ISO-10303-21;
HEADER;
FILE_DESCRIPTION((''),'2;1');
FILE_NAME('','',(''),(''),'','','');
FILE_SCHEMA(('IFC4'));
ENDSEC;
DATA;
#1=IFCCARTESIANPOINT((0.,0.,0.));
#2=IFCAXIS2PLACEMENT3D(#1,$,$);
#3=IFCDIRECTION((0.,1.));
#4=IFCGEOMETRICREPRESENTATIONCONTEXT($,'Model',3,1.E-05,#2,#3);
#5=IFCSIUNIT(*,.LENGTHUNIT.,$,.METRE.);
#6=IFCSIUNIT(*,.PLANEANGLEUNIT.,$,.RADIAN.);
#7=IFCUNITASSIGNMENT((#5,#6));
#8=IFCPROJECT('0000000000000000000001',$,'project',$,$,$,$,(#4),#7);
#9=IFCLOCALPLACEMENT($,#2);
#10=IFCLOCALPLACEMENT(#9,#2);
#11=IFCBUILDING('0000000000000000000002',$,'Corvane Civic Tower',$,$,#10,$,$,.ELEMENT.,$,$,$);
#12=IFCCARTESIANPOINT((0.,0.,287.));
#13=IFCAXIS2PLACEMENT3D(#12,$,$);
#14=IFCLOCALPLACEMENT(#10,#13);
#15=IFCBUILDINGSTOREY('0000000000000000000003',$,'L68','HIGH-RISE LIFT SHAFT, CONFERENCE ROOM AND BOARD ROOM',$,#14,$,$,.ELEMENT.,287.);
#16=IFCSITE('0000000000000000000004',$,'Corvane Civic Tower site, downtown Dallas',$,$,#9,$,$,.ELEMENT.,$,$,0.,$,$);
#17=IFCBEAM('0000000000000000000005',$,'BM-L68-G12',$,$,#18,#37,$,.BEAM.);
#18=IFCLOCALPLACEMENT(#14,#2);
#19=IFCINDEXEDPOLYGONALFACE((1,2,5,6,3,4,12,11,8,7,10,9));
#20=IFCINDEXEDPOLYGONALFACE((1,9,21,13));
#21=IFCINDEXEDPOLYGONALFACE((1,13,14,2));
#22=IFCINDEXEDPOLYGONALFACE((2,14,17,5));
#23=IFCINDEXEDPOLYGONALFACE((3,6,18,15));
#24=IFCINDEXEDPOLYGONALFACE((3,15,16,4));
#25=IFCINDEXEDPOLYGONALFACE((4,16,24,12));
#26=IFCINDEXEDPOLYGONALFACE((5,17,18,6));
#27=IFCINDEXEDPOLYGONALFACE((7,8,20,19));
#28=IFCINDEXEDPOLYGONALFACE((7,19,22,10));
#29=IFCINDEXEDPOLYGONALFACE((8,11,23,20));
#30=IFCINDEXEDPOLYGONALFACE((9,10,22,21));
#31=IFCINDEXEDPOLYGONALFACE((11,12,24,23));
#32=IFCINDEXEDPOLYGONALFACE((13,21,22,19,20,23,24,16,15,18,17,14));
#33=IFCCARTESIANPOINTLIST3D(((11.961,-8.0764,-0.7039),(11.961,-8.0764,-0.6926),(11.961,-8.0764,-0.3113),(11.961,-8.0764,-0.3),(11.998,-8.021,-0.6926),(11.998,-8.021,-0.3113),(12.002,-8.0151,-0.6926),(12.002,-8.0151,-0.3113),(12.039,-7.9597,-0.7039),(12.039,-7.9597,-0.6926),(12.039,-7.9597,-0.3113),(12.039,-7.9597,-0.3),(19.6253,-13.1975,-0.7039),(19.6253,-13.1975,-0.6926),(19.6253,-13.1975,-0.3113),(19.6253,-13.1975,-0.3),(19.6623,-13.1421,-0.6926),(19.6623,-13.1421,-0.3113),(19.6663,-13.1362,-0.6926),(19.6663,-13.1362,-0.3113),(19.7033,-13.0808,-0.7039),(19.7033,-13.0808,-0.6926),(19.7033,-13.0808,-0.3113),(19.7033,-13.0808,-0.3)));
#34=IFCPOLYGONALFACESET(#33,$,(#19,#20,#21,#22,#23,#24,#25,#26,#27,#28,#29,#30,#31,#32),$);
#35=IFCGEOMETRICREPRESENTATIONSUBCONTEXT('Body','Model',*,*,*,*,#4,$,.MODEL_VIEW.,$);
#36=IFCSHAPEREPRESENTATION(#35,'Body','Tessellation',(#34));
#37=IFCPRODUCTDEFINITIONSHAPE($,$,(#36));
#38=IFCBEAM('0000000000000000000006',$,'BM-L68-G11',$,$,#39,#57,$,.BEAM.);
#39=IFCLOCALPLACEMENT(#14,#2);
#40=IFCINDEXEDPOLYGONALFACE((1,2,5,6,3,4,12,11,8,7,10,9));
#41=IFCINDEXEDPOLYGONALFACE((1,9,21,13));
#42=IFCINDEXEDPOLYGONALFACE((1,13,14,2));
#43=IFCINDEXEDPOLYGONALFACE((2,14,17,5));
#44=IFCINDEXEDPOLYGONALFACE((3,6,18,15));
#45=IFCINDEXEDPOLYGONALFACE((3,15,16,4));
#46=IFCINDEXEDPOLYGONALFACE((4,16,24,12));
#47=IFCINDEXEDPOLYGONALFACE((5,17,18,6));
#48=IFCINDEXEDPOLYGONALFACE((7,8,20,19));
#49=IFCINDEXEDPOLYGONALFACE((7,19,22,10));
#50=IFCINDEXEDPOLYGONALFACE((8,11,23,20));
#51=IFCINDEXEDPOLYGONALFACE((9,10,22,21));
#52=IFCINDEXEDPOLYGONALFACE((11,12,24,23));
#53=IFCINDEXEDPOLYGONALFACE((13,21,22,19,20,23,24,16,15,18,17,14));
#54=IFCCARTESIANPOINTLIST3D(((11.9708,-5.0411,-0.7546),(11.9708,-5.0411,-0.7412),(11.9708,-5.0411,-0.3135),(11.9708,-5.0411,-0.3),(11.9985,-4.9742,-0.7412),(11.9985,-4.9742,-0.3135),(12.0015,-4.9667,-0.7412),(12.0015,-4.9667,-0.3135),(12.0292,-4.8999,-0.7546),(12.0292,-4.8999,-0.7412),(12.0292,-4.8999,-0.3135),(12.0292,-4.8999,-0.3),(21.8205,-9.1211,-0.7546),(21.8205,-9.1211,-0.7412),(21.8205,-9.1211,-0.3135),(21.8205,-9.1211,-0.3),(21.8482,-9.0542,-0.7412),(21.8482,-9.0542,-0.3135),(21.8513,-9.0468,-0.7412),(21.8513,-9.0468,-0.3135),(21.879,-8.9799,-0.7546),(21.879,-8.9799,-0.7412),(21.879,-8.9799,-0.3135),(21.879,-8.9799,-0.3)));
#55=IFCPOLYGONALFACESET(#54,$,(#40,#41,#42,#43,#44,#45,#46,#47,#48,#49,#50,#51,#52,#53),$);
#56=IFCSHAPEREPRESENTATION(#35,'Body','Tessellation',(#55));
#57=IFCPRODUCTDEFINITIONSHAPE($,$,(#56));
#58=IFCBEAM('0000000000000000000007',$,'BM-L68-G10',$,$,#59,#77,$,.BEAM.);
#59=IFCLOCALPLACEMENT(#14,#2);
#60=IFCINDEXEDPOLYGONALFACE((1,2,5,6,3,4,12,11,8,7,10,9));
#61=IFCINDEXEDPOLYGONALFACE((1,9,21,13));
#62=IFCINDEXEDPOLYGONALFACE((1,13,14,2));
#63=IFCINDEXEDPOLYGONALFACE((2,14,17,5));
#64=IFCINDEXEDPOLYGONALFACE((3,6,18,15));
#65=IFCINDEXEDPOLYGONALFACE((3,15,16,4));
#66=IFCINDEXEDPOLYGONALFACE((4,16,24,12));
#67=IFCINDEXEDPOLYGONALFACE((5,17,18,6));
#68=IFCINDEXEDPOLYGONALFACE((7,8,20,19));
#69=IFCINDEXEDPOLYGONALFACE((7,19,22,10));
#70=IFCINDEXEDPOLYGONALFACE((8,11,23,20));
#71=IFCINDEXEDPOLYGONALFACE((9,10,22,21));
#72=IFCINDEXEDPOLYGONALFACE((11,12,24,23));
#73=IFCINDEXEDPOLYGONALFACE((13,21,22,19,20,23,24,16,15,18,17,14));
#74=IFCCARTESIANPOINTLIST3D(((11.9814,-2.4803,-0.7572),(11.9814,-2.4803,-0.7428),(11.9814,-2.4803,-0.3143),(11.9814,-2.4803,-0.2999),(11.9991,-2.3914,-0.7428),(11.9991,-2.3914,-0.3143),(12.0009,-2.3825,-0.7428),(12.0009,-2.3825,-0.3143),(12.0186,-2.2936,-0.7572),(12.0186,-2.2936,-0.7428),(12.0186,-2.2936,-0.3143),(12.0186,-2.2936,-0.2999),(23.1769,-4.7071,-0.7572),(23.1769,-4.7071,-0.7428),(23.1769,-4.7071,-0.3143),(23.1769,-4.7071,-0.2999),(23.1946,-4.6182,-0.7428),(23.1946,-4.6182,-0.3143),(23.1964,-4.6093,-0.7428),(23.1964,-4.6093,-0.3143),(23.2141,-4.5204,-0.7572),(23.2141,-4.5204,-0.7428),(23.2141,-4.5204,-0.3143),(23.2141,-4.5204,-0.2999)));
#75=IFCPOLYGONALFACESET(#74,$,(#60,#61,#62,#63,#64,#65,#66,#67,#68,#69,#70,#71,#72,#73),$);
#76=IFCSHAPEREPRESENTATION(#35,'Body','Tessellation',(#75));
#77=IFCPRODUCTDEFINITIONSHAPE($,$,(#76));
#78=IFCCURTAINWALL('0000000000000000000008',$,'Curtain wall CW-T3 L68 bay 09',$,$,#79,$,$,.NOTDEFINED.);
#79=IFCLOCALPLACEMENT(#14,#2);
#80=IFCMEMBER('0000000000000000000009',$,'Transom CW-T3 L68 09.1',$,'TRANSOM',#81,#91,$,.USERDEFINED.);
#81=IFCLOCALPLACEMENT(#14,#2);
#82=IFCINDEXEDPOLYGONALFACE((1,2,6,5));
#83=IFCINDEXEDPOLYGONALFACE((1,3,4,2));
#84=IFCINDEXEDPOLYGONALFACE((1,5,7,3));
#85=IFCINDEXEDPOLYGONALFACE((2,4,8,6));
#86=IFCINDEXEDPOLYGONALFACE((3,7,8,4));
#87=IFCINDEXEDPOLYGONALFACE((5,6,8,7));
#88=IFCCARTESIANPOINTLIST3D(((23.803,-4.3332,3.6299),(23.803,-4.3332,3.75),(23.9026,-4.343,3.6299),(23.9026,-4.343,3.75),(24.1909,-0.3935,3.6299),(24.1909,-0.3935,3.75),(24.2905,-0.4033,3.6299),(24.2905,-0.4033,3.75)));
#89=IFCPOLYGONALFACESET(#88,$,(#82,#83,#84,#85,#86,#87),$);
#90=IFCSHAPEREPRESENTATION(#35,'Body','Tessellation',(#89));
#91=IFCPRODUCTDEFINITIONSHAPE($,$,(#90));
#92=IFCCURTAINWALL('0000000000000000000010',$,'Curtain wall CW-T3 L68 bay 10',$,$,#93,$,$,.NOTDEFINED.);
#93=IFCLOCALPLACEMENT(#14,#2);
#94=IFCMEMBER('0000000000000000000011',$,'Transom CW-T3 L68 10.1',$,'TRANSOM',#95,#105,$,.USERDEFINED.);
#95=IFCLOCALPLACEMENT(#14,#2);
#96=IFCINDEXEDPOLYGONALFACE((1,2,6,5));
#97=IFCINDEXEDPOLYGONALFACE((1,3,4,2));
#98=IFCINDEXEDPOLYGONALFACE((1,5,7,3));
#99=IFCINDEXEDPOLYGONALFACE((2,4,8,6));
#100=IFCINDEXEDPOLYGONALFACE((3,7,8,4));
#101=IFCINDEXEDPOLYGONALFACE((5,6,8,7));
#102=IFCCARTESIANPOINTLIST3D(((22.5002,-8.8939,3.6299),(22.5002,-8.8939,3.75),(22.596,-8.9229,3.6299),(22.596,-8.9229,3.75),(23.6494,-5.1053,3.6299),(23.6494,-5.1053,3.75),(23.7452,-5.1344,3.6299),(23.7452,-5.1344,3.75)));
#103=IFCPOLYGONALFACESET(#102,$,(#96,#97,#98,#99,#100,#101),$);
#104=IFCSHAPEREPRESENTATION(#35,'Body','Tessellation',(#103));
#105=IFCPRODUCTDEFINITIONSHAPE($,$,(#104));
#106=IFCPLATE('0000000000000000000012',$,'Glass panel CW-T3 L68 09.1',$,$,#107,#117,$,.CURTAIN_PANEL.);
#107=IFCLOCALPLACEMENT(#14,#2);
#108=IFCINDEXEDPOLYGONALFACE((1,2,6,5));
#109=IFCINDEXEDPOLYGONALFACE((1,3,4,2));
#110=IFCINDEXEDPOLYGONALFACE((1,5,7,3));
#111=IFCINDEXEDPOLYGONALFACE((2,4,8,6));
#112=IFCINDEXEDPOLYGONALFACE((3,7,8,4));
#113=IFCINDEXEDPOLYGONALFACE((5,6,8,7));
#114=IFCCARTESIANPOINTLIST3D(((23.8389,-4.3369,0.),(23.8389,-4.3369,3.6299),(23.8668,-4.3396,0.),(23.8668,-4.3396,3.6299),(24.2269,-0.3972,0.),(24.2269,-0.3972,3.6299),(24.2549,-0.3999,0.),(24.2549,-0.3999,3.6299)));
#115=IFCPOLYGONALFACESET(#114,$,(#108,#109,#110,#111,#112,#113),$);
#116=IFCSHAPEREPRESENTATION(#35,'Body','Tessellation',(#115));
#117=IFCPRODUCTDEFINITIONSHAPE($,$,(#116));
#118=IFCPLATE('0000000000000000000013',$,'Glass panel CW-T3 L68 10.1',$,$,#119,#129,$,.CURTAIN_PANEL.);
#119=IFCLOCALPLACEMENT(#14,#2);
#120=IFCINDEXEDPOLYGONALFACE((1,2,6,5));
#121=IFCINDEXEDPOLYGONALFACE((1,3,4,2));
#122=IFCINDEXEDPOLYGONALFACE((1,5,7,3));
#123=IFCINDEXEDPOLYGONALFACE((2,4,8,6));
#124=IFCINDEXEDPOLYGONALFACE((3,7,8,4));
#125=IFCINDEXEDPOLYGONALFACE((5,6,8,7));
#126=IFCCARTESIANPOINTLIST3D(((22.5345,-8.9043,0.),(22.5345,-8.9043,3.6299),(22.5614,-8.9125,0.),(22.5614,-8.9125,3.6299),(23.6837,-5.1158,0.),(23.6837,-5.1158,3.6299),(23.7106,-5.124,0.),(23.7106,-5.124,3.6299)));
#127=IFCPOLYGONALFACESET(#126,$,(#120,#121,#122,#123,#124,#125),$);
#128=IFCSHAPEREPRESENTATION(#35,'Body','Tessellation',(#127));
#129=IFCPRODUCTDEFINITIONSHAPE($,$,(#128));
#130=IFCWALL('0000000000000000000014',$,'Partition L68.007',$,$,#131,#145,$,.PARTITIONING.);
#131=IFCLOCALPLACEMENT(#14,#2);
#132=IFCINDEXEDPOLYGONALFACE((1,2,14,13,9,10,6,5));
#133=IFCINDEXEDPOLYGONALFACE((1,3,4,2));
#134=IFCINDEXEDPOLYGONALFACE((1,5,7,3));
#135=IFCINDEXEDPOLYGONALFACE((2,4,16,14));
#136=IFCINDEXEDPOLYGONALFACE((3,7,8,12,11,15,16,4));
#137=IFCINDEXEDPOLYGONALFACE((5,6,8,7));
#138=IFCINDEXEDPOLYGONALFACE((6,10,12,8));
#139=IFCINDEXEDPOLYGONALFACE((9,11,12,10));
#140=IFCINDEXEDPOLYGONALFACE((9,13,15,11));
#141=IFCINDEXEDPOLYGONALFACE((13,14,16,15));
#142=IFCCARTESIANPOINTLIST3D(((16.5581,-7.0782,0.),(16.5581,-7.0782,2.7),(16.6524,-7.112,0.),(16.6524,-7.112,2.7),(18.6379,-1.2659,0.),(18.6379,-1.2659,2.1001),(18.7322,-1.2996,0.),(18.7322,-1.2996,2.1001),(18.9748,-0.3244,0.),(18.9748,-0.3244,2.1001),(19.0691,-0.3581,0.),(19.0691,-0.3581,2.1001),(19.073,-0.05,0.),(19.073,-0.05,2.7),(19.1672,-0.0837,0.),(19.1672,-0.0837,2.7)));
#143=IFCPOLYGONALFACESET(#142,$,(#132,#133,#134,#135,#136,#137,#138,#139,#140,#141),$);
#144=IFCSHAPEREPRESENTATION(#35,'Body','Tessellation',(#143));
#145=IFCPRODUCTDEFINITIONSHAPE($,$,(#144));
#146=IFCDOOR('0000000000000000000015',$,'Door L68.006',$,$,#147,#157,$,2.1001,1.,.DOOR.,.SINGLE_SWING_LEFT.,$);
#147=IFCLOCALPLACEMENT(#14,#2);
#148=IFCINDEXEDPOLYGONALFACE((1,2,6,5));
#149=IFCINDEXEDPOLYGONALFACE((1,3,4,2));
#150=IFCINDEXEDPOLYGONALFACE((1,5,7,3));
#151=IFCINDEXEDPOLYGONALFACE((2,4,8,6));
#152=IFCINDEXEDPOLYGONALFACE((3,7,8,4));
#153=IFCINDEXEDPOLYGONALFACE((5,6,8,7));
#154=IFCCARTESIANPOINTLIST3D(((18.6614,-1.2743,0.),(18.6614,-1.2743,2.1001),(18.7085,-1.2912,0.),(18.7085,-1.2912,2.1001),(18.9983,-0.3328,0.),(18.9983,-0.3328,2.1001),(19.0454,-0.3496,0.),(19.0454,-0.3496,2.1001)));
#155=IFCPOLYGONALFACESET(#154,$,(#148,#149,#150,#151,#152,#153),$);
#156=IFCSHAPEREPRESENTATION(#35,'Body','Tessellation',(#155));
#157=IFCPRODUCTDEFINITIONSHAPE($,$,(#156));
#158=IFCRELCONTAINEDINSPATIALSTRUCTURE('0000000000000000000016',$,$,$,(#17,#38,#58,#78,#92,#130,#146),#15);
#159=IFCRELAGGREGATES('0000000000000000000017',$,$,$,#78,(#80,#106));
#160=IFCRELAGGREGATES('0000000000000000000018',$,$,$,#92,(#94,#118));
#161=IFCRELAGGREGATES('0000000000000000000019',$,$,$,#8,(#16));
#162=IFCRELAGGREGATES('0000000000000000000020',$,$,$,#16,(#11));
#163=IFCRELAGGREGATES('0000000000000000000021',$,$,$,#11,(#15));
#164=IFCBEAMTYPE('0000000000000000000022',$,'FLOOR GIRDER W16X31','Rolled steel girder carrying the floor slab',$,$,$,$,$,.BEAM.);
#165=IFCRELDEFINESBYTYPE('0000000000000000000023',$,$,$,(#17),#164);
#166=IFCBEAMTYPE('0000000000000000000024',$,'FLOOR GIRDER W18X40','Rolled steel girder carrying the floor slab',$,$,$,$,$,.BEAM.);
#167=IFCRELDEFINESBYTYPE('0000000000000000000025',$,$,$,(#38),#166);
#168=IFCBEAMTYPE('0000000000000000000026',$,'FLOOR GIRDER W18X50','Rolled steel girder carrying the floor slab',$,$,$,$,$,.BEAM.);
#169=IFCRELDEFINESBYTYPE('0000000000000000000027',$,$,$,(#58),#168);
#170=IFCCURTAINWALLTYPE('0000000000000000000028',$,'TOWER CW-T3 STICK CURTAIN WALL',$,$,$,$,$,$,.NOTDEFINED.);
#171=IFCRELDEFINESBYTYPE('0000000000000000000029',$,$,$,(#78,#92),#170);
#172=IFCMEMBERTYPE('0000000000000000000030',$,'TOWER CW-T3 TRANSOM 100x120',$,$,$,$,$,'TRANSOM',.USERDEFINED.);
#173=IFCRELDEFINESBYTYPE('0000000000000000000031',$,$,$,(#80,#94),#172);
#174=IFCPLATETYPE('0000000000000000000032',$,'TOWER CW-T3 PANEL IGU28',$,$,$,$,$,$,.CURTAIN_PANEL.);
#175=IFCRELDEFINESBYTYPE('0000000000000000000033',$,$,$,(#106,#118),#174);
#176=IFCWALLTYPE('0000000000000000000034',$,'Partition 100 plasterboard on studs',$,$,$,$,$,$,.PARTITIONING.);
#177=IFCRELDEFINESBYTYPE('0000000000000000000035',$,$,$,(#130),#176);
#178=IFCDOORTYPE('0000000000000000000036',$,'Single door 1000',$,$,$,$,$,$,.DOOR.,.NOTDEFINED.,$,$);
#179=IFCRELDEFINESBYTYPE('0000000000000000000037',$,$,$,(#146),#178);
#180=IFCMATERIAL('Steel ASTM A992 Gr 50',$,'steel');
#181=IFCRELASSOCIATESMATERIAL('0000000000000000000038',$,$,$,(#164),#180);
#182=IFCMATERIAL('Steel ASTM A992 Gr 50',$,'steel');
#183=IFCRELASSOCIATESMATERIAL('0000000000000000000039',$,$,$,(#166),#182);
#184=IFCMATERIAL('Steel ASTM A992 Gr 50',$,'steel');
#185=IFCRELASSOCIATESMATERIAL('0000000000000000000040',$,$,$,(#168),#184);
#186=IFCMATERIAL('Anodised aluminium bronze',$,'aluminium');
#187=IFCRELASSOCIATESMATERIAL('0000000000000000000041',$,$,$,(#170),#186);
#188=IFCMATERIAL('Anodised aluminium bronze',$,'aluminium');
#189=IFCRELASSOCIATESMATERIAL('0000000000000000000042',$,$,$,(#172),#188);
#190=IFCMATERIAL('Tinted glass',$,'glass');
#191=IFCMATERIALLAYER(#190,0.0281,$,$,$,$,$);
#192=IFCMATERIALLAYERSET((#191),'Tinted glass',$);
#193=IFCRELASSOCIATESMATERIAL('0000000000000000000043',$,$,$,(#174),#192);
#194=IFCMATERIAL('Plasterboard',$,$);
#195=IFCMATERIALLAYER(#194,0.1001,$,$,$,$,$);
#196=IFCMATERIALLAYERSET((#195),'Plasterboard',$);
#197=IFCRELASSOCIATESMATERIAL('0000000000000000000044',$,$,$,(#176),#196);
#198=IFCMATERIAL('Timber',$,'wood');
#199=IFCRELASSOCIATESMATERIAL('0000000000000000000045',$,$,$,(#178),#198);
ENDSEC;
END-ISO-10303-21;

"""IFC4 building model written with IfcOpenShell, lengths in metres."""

from ifc_helpers import new_model, si_unit, direction, frame, frame_2d, origin, origin_2d, place, context, subcontext, project, spatial, rectangle, i_section, extrude, material, layer, layer_set, material_profile, profile_set, type_object, element, fill, aggregate, save


model = new_model("IFC4")

# Units and contexts
model_context = context("Model", 3, precision=1e-05, world=origin(), true_north=direction((0.0, 1.0)))
body_context = subcontext(model_context, "Body", "Model", "MODEL_VIEW")
ifc_project = project(units=[si_unit("LENGTHUNIT", "METRE"), si_unit("PLANEANGLEUNIT", "RADIAN")], contexts=[model_context])

# Site, building, storey
site_placement = place(None, origin())
site = spatial("IfcSite", under=ifc_project, at=site_placement, Name="Corvane Civic Tower site, downtown Dallas", CompositionType="ELEMENT", RefElevation=0.0)
building_placement = place(site_placement, origin())
building = spatial("IfcBuilding", under=site, at=building_placement, Name="Corvane Civic Tower", CompositionType="ELEMENT")
storey_placement = place(building_placement, frame((0.0, 0.0, 287.0)))
storey = spatial("IfcBuildingStorey", under=building, at=storey_placement, Name="L68", Description="HIGH-RISE LIFT SHAFT, CONFERENCE ROOM AND BOARD ROOM", CompositionType="ELEMENT", Elevation=287.0)

# Beams
ifc_material_1 = material(Name="Steel ASTM A992 Gr 50", Category="steel")
ifc_material_profile_1 = material_profile(ifc_material_1, i_section(OverallWidth=0.1404, OverallDepth=0.4038, WebThickness=0.0071, FlangeThickness=0.0112, at=origin_2d()), Name="W16X31")
ifc_profile_set_1 = profile_set([ifc_material_profile_1], Name="Steel ASTM A992 Gr 50")
beam_type_1 = type_object("IfcBeamType", Name="FLOOR GIRDER W16X31", Description="Rolled steel girder carrying the floor slab", PredefinedType="BEAM", material=ifc_profile_set_1)
beam_1_placement = place(storey_placement, frame((12.0, -8.0181, -0.502), z_axis=(0.831471, -0.555568, 0.0), x_axis=(0.555568, 0.831471, 0.0)))
element("IfcBeam", 1, at=beam_1_placement, inside=storey, type_object=beam_type_1, Name="BM-L68-G12", PredefinedType="BEAM", context=body_context, shape_type="SweptSolid", body=[
    extrude(i_section(OverallWidth=0.1404, OverallDepth=0.4038, WebThickness=0.0071, FlangeThickness=0.0112, at=origin_2d()), origin(), (0.0, 0.0, 1.0), 9.2178),
])
ifc_material_2 = material(Name="Steel ASTM A992 Gr 50", Category="steel")
ifc_material_profile_2 = material_profile(ifc_material_2, i_section(OverallWidth=0.1528, OverallDepth=0.4546, WebThickness=0.0081, FlangeThickness=0.0134, at=origin_2d()), Name="W18X40")
ifc_profile_set_2 = profile_set([ifc_material_profile_2], Name="Steel ASTM A992 Gr 50")
beam_type_2 = type_object("IfcBeamType", Name="FLOOR GIRDER W18X40", Description="Rolled steel girder carrying the floor slab", PredefinedType="BEAM", material=ifc_profile_set_2)
beam_2_placement = place(storey_placement, frame((12.0, -4.9705, -0.5273), z_axis=(0.923875, -0.382694, 0.0), x_axis=(0.382694, 0.923875, 0.0)))
element("IfcBeam", 2, at=beam_2_placement, inside=storey, type_object=beam_type_2, Name="BM-L68-G11", PredefinedType="BEAM", context=body_context, shape_type="SweptSolid", body=[
    extrude(i_section(OverallWidth=0.1528, OverallDepth=0.4546, WebThickness=0.0081, FlangeThickness=0.0134, at=origin_2d()), origin(), (0.0, 0.0, 1.0), 10.6614),
])
ifc_material_3 = material(Name="Steel ASTM A992 Gr 50", Category="steel")
ifc_material_profile_3 = material_profile(ifc_material_3, i_section(OverallWidth=0.1904, OverallDepth=0.4573, WebThickness=0.009, FlangeThickness=0.0144, at=origin_2d()), Name="W18X50")
ifc_profile_set_3 = profile_set([ifc_material_profile_3], Name="Steel ASTM A992 Gr 50")
beam_type_3 = type_object("IfcBeamType", Name="FLOOR GIRDER W18X50", Description="Rolled steel girder carrying the floor slab", PredefinedType="BEAM", material=ifc_profile_set_3)
beam_3_placement = place(storey_placement, frame((12.0, -2.387, -0.5286), z_axis=(0.980787, -0.19508, 0.0), x_axis=(0.19508, 0.980787, 0.0)))
element("IfcBeam", 3, at=beam_3_placement, inside=storey, type_object=beam_type_3, Name="BM-L68-G10", PredefinedType="BEAM", context=body_context, shape_type="SweptSolid", body=[
    extrude(i_section(OverallWidth=0.1904, OverallDepth=0.4573, WebThickness=0.009, FlangeThickness=0.0144, at=origin_2d()), origin(), (0.0, 0.0, 1.0), 11.4148),
])

# Curtain walls, members
ifc_material_4 = material(Name="Anodised aluminium bronze", Category="aluminium")
curtain_wall_type = type_object("IfcCurtainWallType", Name="TOWER CW-T3 STICK CURTAIN WALL", PredefinedType="NOTDEFINED", material=ifc_material_4)
curtain_wall_1_placement = place(storey_placement, origin())
curtain_wall_1 = element("IfcCurtainWall", 4, at=curtain_wall_1_placement, inside=storey, type_object=curtain_wall_type, Name="Curtain wall CW-T3 L68 bay 09", PredefinedType="NOTDEFINED")
ifc_material_5 = material(Name="Anodised aluminium bronze", Category="aluminium")
ifc_material_profile_4 = material_profile(ifc_material_5, rectangle(XDim=0.1001, YDim=0.1201, at=origin_2d()), Name="TOWER CW-T3 TRANSOM 100x120")
ifc_profile_set_4 = profile_set([ifc_material_profile_4], Name="Anodised aluminium bronze")
member_type = type_object("IfcMemberType", Name="TOWER CW-T3 TRANSOM 100x120", ElementType="TRANSOM", PredefinedType="USERDEFINED", material=ifc_profile_set_4)
member_1_placement = place(storey_placement, frame((24.2407, -0.3984, 3.6899), z_axis=(-0.097995, -0.995187, 0.0), x_axis=(0.995187, -0.097995, 0.0)))
member_1 = element("IfcMember", 5, at=member_1_placement, type_object=member_type, Name="Transom CW-T3 L68 09.1", ObjectType="TRANSOM", PredefinedType="USERDEFINED", context=body_context, shape_type="SweptSolid", body=[
    extrude(rectangle(XDim=0.1001, YDim=0.1201, at=origin_2d()), origin(), (0.0, 0.0, 1.0), 3.9587),
])
curtain_wall_2_placement = place(storey_placement, origin())
curtain_wall_2 = element("IfcCurtainWall", 6, at=curtain_wall_2_placement, inside=storey, type_object=curtain_wall_type, Name="Curtain wall CW-T3 L68 bay 10", PredefinedType="NOTDEFINED")
member_2_placement = place(storey_placement, frame((23.6973, -5.1199, 3.6899), z_axis=(-0.290266, -0.956946, 0.0), x_axis=(0.956946, -0.290266, 0.0)))
member_2 = element("IfcMember", 7, at=member_2_placement, type_object=member_type, Name="Transom CW-T3 L68 10.1", ObjectType="TRANSOM", PredefinedType="USERDEFINED", context=body_context, shape_type="SweptSolid", body=[
    extrude(rectangle(XDim=0.1001, YDim=0.1201, at=origin_2d()), origin(), (0.0, 0.0, 1.0), 3.959),
])

# Plates
ifc_material_6 = material(Name="Tinted glass", Category="glass")
ifc_layer_1 = layer(ifc_material_6, 0.0281)
ifc_layer_set_1 = layer_set([ifc_layer_1], Name="Tinted glass")
plate_type = type_object("IfcPlateType", Name="TOWER CW-T3 PANEL IGU28", PredefinedType="CURTAIN_PANEL", material=ifc_layer_set_1)
plate_1_placement = place(storey_placement, frame((24.0469, -2.3684, 0.0), z_axis=(0.0, 0.0, 1.0), x_axis=(-0.098021, -0.995184, 0.0)))
plate_1 = element("IfcPlate", 8, at=plate_1_placement, type_object=plate_type, Name="Glass panel CW-T3 L68 09.1", PredefinedType="CURTAIN_PANEL", context=body_context, shape_type="SweptSolid", body=[
    extrude(rectangle(XDim=3.9587, YDim=0.0281, at=origin_2d()), origin(), (0.0, 0.0, 1.0), 3.6299),
])
aggregate(curtain_wall_1, [member_1, plate_1])
plate_2_placement = place(storey_placement, frame((23.1226, -7.0142, 0.0), z_axis=(0.0, 0.0, 1.0), x_axis=(-0.290274, -0.956944, 0.0)))
plate_2 = element("IfcPlate", 9, at=plate_2_placement, type_object=plate_type, Name="Glass panel CW-T3 L68 10.1", PredefinedType="CURTAIN_PANEL", context=body_context, shape_type="SweptSolid", body=[
    extrude(rectangle(XDim=3.959, YDim=0.0281, at=origin_2d()), origin(), (0.0, 0.0, 1.0), 3.6299),
])
aggregate(curtain_wall_2, [member_2, plate_2])

# Wall, opening, door
ifc_material_7 = material(Name="Plasterboard")
ifc_layer_2 = layer(ifc_material_7, 0.1001)
ifc_layer_set_2 = layer_set([ifc_layer_2], Name="Plasterboard")
wall_type_1 = type_object("IfcWallType", Name="Partition 100 plasterboard on studs", PredefinedType="PARTITIONING", material=ifc_layer_set_2)
wall_1_placement = place(storey_placement, frame((16.6052, -7.0952, 0.0), z_axis=(0.0, 0.0, 1.0), x_axis=(0.336904, 0.941539, 0.0)))
wall_1 = element("IfcWall", 10, at=wall_1_placement, inside=storey, type_object=wall_type_1, Name="Partition L68.007", PredefinedType="PARTITIONING", context=body_context, shape_type="SweptSolid", body=[
    extrude(rectangle(XDim=7.4646, YDim=0.1001, at=frame_2d((3.7324, 0.0))), origin(), (0.0, 0.0, 1.0), 2.7),
])
opening_1_placement = place(wall_1_placement, frame((6.1733, 0.0, 0.0)))
opening_1 = element("IfcOpeningElement", 11, at=opening_1_placement, cuts=wall_1, PredefinedType="OPENING", context=body_context, shape_type="SweptSolid", body=[
    extrude(rectangle(XDim=1.0, YDim=2.1001, at=frame_2d((0.5, 1.05))), frame((0.0, 0.0601, 0.0), z_axis=(0.0, -1.0, 0.0), x_axis=(1.0, 0.0, 0.0)), (0.0, 0.0, 1.0), 0.1201),
])
ifc_material_8 = material(Name="Timber", Category="wood")
door_type_1 = type_object("IfcDoorType", Name="Single door 1000", OperationType="NOTDEFINED", PredefinedType="DOOR", material=ifc_material_8)
door_1_placement = place(opening_1_placement, frame((1.0, 0.0, 0.0), z_axis=(0.0, 0.0, 1.0), x_axis=(-1.0, 0.0, 0.0)))
door_1 = element("IfcDoor", 12, at=door_1_placement, inside=storey, type_object=door_type_1, Name="Door L68.006", OperationType="SINGLE_SWING_LEFT", OverallHeight=2.1001, OverallWidth=1.0, PredefinedType="DOOR", context=body_context, shape_type="SweptSolid", body=[
    extrude(rectangle(XDim=1.0, YDim=2.1001, at=frame_2d((0.5, 1.05))), frame((0.0, 0.0249, 0.0), z_axis=(0.0, -1.0, 0.0), x_axis=(1.0, 0.0, 0.0)), (0.0, 0.0, 1.0), 0.05),
])
fill(opening_1, door_1)

save(model, "model.ifc")
